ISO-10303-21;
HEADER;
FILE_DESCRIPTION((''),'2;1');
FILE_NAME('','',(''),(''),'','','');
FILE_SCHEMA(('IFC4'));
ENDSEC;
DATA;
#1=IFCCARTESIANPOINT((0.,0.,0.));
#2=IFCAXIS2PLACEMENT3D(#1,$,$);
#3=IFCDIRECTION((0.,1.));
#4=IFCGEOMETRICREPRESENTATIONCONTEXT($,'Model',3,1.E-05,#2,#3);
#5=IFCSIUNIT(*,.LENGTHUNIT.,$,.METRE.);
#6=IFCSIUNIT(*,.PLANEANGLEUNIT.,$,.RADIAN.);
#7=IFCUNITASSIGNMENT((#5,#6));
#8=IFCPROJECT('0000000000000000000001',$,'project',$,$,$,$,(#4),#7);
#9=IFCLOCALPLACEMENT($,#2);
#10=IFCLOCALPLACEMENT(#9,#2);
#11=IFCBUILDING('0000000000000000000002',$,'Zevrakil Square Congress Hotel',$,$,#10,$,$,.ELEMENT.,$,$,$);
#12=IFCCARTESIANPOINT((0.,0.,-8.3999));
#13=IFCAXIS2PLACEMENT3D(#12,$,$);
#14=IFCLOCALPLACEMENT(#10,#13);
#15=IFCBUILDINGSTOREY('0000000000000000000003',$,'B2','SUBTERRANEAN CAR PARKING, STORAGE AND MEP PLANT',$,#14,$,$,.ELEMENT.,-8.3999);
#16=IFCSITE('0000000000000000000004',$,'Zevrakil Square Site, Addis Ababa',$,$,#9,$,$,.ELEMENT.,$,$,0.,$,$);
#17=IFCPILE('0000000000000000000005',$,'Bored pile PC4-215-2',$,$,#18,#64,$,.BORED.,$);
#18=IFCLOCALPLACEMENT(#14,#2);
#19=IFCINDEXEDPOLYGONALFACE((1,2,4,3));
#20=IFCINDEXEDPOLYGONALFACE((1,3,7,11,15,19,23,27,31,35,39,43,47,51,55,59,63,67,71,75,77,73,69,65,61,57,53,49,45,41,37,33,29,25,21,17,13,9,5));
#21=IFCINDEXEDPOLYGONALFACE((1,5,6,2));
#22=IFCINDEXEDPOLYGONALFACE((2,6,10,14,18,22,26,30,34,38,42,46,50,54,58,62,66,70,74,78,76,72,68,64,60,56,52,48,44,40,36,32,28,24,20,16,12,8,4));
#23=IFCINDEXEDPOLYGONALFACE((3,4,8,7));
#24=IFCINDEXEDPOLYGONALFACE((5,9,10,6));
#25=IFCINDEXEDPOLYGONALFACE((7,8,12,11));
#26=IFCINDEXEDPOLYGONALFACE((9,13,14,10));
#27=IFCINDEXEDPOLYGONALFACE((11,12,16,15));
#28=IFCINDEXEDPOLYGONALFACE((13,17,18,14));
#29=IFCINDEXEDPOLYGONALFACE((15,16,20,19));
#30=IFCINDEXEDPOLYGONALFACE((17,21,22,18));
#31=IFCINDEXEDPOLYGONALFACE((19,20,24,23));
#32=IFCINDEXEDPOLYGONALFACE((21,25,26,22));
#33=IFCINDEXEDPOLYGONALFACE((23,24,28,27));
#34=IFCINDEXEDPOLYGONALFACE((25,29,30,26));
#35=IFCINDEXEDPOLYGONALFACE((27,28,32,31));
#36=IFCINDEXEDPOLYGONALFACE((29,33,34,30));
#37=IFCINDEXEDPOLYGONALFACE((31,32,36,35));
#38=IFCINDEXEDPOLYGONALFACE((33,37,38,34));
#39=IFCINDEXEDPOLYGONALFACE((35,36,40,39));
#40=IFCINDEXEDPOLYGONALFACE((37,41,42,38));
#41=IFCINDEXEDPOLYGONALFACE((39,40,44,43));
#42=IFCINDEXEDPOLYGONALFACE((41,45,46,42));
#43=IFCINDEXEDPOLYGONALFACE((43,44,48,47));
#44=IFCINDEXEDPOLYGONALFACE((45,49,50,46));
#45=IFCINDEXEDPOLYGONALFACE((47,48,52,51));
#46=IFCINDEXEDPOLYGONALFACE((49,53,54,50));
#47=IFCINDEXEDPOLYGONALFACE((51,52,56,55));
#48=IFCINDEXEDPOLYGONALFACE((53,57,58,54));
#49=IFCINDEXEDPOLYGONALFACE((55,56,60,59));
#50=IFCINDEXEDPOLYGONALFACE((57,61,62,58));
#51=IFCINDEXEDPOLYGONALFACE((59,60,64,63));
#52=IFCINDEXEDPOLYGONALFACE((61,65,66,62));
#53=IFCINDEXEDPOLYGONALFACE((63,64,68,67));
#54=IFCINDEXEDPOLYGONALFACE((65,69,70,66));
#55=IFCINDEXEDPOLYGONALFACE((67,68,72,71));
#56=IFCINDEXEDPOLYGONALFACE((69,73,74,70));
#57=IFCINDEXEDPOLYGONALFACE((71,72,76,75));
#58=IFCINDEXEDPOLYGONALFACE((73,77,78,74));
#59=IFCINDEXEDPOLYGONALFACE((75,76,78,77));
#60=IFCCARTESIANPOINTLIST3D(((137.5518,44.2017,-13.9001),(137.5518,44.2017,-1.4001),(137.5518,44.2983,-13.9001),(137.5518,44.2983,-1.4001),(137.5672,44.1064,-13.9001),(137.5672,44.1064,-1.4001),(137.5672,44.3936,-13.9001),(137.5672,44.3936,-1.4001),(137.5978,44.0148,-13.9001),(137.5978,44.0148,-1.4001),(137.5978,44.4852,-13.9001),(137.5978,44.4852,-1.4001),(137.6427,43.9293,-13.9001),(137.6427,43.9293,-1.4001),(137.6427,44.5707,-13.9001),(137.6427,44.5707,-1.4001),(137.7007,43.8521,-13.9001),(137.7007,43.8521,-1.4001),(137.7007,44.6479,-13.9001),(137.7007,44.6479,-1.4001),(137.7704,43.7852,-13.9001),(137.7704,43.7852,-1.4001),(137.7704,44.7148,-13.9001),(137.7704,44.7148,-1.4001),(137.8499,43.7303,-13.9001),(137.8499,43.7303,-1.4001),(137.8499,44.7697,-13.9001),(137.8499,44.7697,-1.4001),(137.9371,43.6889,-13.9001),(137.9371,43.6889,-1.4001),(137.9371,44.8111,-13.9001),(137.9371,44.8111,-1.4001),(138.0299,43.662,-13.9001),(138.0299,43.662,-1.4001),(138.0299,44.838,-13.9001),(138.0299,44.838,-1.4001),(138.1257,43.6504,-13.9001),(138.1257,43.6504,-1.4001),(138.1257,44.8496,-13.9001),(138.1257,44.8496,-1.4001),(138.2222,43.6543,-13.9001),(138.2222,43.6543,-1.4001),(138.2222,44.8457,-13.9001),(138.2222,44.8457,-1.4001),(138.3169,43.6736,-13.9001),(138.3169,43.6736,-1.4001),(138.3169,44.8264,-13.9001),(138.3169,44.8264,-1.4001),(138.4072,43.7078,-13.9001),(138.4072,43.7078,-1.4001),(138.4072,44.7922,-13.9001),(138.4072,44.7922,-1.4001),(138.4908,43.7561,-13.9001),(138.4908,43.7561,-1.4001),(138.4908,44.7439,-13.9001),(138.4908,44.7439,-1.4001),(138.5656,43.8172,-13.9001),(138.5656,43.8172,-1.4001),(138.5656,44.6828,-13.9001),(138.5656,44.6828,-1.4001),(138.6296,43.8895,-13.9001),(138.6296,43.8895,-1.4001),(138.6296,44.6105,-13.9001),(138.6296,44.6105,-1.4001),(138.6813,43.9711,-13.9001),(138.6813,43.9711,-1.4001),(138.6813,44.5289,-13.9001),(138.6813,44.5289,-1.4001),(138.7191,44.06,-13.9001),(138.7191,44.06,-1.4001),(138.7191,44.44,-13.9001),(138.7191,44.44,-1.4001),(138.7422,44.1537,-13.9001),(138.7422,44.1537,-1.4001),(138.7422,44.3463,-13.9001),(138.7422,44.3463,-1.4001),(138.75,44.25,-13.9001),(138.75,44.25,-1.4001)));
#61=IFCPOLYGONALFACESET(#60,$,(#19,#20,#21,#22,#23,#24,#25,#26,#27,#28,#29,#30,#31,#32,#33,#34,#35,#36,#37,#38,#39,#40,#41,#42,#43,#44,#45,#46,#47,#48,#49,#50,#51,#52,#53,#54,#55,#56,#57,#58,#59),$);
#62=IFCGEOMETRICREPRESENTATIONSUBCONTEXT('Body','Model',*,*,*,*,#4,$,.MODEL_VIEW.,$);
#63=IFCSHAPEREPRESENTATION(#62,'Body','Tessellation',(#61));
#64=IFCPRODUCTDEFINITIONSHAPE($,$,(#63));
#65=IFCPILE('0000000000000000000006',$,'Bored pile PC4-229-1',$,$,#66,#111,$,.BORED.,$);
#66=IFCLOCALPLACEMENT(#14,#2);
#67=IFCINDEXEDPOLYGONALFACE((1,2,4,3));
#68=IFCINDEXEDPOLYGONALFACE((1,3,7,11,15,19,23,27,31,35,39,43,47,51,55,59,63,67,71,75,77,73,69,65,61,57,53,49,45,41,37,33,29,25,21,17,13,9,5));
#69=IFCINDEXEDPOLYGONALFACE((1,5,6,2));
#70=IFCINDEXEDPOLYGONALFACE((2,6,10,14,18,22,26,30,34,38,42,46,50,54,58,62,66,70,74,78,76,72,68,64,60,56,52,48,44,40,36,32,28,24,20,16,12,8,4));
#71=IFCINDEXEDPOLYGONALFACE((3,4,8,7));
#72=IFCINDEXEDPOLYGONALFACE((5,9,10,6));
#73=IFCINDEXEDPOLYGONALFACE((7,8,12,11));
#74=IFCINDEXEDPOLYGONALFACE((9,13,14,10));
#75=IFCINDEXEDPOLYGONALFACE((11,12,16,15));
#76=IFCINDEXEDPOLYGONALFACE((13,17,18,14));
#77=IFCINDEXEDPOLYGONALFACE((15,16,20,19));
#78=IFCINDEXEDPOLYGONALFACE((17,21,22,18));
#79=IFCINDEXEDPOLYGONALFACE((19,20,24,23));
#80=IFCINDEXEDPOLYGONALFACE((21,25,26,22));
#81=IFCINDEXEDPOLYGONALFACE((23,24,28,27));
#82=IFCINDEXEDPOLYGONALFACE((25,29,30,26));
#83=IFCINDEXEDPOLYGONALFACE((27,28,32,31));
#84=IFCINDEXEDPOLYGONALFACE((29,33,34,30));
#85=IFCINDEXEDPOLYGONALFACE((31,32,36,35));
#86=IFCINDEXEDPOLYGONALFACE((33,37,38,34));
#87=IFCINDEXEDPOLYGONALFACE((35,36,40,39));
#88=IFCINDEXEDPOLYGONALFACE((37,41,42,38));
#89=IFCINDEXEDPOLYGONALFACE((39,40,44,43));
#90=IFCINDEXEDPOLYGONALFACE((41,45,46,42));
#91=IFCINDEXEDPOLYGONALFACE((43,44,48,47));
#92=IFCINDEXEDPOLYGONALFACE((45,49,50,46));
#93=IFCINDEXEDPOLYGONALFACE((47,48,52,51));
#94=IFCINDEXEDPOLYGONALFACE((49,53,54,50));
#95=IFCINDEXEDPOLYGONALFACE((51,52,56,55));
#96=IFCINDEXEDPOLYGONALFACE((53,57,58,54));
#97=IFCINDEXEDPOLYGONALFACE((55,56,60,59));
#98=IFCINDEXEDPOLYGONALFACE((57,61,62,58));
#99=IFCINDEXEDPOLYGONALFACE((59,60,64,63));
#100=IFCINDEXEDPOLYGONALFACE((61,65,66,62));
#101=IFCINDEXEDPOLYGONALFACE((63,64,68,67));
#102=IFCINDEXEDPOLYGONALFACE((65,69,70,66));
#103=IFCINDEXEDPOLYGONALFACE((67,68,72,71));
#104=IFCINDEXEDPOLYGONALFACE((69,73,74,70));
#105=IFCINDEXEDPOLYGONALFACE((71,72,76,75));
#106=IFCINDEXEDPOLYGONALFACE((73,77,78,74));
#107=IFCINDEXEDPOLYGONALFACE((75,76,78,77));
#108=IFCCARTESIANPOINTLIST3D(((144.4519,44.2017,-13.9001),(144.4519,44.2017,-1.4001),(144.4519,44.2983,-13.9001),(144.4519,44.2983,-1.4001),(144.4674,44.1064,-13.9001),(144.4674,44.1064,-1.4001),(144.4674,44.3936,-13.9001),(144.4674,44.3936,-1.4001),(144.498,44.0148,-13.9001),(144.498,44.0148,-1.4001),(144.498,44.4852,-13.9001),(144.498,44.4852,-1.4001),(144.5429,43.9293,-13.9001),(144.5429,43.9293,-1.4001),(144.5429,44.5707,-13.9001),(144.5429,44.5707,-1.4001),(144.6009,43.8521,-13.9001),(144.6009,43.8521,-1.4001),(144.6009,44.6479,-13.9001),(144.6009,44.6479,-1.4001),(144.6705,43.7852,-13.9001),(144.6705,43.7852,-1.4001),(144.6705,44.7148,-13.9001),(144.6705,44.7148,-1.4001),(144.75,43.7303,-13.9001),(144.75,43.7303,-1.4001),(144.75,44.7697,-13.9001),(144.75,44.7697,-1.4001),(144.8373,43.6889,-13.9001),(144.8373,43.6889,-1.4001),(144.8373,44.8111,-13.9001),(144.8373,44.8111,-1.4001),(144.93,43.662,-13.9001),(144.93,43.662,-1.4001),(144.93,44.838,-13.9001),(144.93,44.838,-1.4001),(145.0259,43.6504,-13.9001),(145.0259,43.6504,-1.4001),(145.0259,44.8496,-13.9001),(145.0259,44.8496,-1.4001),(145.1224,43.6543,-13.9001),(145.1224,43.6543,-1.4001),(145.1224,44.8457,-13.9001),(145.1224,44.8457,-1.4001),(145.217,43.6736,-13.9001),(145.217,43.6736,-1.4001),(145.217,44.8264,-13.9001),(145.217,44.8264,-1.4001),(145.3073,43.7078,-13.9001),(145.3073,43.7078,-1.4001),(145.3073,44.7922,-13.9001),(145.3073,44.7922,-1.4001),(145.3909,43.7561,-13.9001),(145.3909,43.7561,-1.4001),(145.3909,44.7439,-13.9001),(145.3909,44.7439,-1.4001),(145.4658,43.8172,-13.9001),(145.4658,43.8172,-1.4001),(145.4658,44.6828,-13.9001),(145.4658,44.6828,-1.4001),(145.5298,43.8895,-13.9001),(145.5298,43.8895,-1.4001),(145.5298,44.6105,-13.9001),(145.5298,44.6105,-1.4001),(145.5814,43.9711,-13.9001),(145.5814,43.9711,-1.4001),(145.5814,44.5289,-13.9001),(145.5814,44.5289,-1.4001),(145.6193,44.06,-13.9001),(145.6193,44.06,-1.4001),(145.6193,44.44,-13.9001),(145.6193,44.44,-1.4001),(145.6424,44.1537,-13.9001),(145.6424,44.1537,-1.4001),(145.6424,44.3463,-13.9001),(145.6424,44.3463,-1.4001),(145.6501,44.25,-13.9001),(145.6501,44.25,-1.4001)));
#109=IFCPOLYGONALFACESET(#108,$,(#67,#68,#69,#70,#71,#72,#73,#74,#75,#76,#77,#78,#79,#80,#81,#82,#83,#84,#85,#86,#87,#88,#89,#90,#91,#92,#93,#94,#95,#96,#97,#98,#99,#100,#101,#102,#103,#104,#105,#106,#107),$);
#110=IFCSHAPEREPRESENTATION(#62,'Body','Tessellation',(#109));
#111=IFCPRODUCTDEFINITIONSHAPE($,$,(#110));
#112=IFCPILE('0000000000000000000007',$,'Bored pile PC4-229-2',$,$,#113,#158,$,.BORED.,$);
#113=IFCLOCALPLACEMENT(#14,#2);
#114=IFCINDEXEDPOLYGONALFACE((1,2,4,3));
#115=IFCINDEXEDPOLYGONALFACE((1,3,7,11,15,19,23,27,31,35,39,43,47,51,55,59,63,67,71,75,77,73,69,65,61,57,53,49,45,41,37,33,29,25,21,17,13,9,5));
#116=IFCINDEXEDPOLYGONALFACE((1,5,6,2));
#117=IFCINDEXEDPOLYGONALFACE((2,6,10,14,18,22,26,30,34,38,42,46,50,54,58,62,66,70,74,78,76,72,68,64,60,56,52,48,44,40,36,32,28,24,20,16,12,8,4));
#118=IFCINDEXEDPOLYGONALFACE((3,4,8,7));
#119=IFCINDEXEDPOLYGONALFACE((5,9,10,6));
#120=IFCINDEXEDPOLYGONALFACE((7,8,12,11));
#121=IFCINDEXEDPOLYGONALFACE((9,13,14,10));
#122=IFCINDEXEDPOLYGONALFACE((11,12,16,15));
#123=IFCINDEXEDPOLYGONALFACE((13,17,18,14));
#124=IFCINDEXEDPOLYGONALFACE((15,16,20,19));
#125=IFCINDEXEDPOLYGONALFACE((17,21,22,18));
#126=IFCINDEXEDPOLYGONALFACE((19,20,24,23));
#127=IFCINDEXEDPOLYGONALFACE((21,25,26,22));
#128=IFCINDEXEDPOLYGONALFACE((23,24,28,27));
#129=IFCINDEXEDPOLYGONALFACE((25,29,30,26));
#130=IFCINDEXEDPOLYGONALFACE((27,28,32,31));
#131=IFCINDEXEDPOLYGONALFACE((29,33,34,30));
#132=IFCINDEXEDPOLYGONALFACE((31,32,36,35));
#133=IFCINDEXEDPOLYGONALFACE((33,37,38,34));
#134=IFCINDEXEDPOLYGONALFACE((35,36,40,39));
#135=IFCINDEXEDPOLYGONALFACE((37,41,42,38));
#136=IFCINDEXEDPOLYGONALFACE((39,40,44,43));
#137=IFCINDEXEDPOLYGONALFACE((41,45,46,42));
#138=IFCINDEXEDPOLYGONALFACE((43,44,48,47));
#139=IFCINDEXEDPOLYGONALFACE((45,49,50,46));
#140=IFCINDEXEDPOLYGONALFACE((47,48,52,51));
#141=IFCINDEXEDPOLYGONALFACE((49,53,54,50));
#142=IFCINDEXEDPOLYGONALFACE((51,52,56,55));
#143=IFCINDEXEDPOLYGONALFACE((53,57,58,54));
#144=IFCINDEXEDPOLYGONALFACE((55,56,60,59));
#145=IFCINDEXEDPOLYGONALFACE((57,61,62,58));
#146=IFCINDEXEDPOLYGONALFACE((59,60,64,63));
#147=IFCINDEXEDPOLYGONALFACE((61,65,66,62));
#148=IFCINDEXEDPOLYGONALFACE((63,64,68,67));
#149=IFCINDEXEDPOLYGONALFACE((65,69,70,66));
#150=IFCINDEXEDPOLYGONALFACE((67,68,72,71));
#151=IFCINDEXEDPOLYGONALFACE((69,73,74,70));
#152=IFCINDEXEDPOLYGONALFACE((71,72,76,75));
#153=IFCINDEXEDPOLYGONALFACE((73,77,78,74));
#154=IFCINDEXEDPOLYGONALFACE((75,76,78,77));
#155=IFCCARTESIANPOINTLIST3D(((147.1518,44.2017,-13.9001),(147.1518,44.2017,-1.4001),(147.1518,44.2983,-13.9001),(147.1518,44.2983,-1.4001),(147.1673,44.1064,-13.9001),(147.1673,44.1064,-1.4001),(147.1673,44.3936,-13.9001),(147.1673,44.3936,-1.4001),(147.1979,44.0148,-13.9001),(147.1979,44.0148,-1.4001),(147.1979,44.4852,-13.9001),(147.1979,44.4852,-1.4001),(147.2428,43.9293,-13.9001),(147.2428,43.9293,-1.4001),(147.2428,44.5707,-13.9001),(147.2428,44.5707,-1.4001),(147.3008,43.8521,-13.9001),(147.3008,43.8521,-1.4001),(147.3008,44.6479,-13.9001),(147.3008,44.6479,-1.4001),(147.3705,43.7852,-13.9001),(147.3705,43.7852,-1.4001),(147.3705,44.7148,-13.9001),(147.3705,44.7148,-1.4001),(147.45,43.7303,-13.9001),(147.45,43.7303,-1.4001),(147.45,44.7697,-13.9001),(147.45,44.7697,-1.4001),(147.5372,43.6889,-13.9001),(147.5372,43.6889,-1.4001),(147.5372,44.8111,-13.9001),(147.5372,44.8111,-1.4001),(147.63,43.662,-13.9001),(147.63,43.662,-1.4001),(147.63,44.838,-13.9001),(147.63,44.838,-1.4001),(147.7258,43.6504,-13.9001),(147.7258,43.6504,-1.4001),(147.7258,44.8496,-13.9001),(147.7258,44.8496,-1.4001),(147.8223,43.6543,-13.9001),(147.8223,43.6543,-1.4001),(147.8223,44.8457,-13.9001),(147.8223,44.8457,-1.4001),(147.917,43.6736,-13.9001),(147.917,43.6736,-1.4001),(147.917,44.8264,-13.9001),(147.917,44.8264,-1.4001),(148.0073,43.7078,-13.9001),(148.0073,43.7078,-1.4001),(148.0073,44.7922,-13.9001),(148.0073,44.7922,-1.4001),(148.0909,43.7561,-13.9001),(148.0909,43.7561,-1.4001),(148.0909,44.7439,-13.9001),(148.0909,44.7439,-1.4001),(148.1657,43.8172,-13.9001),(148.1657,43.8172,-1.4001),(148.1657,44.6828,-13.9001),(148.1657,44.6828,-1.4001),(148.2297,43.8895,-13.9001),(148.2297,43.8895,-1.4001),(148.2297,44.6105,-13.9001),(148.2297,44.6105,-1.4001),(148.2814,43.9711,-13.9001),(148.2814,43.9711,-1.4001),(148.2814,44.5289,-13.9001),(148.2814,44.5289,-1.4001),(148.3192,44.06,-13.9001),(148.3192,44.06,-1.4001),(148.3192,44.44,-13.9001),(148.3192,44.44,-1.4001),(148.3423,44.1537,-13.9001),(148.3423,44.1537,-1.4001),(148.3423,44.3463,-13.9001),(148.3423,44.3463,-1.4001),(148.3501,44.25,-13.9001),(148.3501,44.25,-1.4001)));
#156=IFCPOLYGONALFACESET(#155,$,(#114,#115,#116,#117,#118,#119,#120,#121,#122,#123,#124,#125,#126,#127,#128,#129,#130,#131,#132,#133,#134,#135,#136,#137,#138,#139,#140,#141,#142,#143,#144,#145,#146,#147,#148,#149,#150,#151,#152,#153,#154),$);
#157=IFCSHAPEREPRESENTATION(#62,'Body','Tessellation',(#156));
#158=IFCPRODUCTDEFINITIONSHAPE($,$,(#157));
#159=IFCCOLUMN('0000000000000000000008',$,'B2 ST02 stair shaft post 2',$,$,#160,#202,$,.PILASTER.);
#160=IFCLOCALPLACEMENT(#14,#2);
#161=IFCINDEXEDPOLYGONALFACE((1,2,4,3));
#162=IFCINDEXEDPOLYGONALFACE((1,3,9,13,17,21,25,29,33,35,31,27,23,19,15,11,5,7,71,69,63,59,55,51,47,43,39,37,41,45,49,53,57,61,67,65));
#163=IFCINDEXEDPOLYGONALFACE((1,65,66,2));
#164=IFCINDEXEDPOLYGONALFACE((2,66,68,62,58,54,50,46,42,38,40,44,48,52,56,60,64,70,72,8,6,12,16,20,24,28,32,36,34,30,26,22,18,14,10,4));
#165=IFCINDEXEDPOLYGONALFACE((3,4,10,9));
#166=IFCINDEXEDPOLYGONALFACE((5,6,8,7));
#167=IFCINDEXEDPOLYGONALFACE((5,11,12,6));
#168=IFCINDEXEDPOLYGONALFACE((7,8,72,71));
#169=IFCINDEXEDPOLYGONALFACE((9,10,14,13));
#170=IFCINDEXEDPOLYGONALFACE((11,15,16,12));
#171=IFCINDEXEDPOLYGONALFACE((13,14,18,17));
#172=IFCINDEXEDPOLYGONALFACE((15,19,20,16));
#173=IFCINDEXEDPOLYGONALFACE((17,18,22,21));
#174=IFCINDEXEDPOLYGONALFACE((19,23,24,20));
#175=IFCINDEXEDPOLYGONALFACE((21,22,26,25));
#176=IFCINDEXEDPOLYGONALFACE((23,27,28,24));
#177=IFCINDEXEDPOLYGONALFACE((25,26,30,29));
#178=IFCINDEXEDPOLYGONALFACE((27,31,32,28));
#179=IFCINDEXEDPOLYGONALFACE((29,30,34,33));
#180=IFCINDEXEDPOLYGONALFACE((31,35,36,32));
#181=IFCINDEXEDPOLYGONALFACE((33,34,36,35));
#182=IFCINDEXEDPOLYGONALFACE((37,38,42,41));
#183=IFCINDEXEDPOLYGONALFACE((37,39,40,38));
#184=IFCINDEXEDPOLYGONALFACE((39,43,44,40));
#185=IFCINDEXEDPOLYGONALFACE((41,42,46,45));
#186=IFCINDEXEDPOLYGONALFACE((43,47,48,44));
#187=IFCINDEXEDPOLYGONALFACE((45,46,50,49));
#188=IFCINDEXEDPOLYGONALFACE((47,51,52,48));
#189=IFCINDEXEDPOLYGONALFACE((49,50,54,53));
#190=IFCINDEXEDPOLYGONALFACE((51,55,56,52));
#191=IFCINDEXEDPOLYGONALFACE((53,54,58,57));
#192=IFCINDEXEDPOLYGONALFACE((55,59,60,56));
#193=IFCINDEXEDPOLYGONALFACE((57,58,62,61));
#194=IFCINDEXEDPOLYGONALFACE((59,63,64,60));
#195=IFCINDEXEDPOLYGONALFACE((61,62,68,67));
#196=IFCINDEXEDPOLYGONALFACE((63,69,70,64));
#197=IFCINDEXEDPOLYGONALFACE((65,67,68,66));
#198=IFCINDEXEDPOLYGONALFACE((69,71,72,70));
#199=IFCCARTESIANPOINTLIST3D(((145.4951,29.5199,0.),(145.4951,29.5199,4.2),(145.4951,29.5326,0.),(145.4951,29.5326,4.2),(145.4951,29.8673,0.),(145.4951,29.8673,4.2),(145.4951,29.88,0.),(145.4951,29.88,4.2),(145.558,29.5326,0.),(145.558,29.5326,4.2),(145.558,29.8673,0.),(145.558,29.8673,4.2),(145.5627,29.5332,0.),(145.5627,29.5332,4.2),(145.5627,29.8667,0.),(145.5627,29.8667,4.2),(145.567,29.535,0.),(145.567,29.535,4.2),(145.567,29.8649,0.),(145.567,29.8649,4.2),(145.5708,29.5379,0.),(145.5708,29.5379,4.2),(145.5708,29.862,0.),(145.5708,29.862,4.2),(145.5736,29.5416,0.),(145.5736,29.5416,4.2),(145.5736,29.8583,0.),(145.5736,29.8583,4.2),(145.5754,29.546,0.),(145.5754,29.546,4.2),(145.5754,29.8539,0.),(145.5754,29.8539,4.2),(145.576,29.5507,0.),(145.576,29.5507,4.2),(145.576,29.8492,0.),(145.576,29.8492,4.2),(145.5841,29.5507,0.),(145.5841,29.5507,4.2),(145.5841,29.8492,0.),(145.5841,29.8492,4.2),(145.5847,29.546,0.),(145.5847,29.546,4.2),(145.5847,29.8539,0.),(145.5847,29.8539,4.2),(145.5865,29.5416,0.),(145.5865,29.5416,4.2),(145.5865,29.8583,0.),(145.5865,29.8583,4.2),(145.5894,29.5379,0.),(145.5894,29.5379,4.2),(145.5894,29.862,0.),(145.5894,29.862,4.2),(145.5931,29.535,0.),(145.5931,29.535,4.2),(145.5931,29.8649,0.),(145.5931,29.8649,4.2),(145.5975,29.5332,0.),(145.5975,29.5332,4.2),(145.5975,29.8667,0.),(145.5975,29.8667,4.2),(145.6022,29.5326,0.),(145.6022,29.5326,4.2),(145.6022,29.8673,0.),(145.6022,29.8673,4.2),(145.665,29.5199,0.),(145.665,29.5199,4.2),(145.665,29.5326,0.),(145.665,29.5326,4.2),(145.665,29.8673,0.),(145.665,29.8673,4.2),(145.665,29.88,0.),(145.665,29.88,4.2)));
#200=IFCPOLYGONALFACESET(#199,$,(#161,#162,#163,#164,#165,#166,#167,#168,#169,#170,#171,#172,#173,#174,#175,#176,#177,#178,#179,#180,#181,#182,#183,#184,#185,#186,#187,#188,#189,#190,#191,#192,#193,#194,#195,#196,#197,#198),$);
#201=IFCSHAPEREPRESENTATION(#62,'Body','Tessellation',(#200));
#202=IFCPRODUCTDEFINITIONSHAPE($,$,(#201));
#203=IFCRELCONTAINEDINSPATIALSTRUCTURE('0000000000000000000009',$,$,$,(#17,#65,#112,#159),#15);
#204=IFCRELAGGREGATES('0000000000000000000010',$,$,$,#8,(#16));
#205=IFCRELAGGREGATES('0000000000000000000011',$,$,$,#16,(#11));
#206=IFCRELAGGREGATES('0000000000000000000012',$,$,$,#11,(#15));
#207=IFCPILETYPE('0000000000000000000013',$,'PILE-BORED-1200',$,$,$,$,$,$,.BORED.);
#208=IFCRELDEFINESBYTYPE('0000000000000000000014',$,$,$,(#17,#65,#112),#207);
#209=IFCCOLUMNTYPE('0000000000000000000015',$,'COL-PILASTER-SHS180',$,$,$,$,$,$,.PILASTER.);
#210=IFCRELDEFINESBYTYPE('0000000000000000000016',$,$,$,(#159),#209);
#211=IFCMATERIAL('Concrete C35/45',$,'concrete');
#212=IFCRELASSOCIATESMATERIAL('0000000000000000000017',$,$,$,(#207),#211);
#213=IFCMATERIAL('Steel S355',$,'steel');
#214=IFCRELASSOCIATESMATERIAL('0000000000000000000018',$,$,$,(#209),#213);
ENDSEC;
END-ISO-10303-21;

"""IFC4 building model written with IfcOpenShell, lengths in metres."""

from ifc_helpers import new_model, si_unit, direction, frame, origin, origin_2d, place, context, subcontext, project, spatial, circle, i_section, extrude, material, material_profile, profile_set, type_object, element, save


model = new_model("IFC4")

# Units and contexts
model_context = context("Model", 3, precision=1e-05, world=origin(), true_north=direction((0.0, 1.0)))
body_context = subcontext(model_context, "Body", "Model", "MODEL_VIEW")
ifc_project = project(units=[si_unit("LENGTHUNIT", "METRE"), si_unit("PLANEANGLEUNIT", "RADIAN")], contexts=[model_context])

# Site, building, storey
site_placement = place(None, origin())
site = spatial("IfcSite", under=ifc_project, at=site_placement, Name="Zevrakil Square Site, Addis Ababa", CompositionType="ELEMENT", RefElevation=0.0)
building_placement = place(site_placement, origin())
building = spatial("IfcBuilding", under=site, at=building_placement, Name="Zevrakil Square Congress Hotel", CompositionType="ELEMENT")
storey_placement = place(building_placement, frame((0.0, 0.0, -8.3999)))
storey = spatial("IfcBuildingStorey", under=building, at=storey_placement, Name="B2", Description="SUBTERRANEAN CAR PARKING, STORAGE AND MEP PLANT", CompositionType="ELEMENT", Elevation=-8.3999)

# Piles
ifc_material_1 = material(Name="Concrete C35/45", Category="concrete")
ifc_material_profile_1 = material_profile(ifc_material_1, circle(Radius=0.6001, at=origin_2d()), Name="PILE D1200")
ifc_profile_set_1 = profile_set([ifc_material_profile_1], Name="Concrete C35/45")
pile_type = type_object("IfcPileType", Name="PILE-BORED-1200", PredefinedType="BORED", material=ifc_profile_set_1)
for number, where, z_axis, x_axis, name in (
    (1, (138.1499, 44.25, -1.4001), (0.0, 0.0, -1.0), (1.0, 0.0, 0.0), "Bored pile PC4-215-2"),
    (2, (145.05, 44.25, -1.4001), (0.0, 0.0, -1.0), (1.0, 0.0, 0.0), "Bored pile PC4-229-1"),
    (3, (147.75, 44.25, -1.4001), (0.0, 0.0, -1.0), (1.0, 0.0, 0.0), "Bored pile PC4-229-2"),
):
    element("IfcPile", number, at=place(storey_placement, frame(where, z_axis=z_axis, x_axis=x_axis)), inside=storey, type_object=pile_type, Name=name, PredefinedType="BORED", context=body_context, shape_type="SweptSolid", body=[
        extrude(circle(Radius=0.6001, at=origin_2d()), origin(), (0.0, 0.0, 1.0), 12.5),
    ])

# Column
ifc_material_2 = material(Name="Steel S355", Category="steel")
ifc_material_profile_2 = material_profile(ifc_material_2, i_section(OverallWidth=0.1699, OverallDepth=0.3601, WebThickness=0.0081, FlangeThickness=0.0127, FilletRadius=0.0181, at=origin_2d()), Name="IPE 360")
ifc_profile_set_2 = profile_set([ifc_material_profile_2], Name="Steel S355")
column_type_1 = type_object("IfcColumnType", Name="COL-PILASTER-SHS180", PredefinedType="PILASTER", material=ifc_profile_set_2)
for number, where, z_axis, x_axis, name in (
    (4, (145.5801, 29.7, 0.0), (0.0, 0.0, 1.0), (1.0, 0.0, 0.0), "B2 ST02 stair shaft post 2"),
):
    element("IfcColumn", number, at=place(storey_placement, frame(where, z_axis=z_axis, x_axis=x_axis)), inside=storey, type_object=column_type_1, Name=name, PredefinedType="PILASTER", context=body_context, shape_type="SweptSolid", body=[
        extrude(i_section(OverallWidth=0.1699, OverallDepth=0.3601, WebThickness=0.0081, FlangeThickness=0.0127, FilletRadius=0.0181, at=origin_2d()), origin(), (0.0, 0.0, 1.0), 4.2),
    ])

save(model, "model.ifc")
